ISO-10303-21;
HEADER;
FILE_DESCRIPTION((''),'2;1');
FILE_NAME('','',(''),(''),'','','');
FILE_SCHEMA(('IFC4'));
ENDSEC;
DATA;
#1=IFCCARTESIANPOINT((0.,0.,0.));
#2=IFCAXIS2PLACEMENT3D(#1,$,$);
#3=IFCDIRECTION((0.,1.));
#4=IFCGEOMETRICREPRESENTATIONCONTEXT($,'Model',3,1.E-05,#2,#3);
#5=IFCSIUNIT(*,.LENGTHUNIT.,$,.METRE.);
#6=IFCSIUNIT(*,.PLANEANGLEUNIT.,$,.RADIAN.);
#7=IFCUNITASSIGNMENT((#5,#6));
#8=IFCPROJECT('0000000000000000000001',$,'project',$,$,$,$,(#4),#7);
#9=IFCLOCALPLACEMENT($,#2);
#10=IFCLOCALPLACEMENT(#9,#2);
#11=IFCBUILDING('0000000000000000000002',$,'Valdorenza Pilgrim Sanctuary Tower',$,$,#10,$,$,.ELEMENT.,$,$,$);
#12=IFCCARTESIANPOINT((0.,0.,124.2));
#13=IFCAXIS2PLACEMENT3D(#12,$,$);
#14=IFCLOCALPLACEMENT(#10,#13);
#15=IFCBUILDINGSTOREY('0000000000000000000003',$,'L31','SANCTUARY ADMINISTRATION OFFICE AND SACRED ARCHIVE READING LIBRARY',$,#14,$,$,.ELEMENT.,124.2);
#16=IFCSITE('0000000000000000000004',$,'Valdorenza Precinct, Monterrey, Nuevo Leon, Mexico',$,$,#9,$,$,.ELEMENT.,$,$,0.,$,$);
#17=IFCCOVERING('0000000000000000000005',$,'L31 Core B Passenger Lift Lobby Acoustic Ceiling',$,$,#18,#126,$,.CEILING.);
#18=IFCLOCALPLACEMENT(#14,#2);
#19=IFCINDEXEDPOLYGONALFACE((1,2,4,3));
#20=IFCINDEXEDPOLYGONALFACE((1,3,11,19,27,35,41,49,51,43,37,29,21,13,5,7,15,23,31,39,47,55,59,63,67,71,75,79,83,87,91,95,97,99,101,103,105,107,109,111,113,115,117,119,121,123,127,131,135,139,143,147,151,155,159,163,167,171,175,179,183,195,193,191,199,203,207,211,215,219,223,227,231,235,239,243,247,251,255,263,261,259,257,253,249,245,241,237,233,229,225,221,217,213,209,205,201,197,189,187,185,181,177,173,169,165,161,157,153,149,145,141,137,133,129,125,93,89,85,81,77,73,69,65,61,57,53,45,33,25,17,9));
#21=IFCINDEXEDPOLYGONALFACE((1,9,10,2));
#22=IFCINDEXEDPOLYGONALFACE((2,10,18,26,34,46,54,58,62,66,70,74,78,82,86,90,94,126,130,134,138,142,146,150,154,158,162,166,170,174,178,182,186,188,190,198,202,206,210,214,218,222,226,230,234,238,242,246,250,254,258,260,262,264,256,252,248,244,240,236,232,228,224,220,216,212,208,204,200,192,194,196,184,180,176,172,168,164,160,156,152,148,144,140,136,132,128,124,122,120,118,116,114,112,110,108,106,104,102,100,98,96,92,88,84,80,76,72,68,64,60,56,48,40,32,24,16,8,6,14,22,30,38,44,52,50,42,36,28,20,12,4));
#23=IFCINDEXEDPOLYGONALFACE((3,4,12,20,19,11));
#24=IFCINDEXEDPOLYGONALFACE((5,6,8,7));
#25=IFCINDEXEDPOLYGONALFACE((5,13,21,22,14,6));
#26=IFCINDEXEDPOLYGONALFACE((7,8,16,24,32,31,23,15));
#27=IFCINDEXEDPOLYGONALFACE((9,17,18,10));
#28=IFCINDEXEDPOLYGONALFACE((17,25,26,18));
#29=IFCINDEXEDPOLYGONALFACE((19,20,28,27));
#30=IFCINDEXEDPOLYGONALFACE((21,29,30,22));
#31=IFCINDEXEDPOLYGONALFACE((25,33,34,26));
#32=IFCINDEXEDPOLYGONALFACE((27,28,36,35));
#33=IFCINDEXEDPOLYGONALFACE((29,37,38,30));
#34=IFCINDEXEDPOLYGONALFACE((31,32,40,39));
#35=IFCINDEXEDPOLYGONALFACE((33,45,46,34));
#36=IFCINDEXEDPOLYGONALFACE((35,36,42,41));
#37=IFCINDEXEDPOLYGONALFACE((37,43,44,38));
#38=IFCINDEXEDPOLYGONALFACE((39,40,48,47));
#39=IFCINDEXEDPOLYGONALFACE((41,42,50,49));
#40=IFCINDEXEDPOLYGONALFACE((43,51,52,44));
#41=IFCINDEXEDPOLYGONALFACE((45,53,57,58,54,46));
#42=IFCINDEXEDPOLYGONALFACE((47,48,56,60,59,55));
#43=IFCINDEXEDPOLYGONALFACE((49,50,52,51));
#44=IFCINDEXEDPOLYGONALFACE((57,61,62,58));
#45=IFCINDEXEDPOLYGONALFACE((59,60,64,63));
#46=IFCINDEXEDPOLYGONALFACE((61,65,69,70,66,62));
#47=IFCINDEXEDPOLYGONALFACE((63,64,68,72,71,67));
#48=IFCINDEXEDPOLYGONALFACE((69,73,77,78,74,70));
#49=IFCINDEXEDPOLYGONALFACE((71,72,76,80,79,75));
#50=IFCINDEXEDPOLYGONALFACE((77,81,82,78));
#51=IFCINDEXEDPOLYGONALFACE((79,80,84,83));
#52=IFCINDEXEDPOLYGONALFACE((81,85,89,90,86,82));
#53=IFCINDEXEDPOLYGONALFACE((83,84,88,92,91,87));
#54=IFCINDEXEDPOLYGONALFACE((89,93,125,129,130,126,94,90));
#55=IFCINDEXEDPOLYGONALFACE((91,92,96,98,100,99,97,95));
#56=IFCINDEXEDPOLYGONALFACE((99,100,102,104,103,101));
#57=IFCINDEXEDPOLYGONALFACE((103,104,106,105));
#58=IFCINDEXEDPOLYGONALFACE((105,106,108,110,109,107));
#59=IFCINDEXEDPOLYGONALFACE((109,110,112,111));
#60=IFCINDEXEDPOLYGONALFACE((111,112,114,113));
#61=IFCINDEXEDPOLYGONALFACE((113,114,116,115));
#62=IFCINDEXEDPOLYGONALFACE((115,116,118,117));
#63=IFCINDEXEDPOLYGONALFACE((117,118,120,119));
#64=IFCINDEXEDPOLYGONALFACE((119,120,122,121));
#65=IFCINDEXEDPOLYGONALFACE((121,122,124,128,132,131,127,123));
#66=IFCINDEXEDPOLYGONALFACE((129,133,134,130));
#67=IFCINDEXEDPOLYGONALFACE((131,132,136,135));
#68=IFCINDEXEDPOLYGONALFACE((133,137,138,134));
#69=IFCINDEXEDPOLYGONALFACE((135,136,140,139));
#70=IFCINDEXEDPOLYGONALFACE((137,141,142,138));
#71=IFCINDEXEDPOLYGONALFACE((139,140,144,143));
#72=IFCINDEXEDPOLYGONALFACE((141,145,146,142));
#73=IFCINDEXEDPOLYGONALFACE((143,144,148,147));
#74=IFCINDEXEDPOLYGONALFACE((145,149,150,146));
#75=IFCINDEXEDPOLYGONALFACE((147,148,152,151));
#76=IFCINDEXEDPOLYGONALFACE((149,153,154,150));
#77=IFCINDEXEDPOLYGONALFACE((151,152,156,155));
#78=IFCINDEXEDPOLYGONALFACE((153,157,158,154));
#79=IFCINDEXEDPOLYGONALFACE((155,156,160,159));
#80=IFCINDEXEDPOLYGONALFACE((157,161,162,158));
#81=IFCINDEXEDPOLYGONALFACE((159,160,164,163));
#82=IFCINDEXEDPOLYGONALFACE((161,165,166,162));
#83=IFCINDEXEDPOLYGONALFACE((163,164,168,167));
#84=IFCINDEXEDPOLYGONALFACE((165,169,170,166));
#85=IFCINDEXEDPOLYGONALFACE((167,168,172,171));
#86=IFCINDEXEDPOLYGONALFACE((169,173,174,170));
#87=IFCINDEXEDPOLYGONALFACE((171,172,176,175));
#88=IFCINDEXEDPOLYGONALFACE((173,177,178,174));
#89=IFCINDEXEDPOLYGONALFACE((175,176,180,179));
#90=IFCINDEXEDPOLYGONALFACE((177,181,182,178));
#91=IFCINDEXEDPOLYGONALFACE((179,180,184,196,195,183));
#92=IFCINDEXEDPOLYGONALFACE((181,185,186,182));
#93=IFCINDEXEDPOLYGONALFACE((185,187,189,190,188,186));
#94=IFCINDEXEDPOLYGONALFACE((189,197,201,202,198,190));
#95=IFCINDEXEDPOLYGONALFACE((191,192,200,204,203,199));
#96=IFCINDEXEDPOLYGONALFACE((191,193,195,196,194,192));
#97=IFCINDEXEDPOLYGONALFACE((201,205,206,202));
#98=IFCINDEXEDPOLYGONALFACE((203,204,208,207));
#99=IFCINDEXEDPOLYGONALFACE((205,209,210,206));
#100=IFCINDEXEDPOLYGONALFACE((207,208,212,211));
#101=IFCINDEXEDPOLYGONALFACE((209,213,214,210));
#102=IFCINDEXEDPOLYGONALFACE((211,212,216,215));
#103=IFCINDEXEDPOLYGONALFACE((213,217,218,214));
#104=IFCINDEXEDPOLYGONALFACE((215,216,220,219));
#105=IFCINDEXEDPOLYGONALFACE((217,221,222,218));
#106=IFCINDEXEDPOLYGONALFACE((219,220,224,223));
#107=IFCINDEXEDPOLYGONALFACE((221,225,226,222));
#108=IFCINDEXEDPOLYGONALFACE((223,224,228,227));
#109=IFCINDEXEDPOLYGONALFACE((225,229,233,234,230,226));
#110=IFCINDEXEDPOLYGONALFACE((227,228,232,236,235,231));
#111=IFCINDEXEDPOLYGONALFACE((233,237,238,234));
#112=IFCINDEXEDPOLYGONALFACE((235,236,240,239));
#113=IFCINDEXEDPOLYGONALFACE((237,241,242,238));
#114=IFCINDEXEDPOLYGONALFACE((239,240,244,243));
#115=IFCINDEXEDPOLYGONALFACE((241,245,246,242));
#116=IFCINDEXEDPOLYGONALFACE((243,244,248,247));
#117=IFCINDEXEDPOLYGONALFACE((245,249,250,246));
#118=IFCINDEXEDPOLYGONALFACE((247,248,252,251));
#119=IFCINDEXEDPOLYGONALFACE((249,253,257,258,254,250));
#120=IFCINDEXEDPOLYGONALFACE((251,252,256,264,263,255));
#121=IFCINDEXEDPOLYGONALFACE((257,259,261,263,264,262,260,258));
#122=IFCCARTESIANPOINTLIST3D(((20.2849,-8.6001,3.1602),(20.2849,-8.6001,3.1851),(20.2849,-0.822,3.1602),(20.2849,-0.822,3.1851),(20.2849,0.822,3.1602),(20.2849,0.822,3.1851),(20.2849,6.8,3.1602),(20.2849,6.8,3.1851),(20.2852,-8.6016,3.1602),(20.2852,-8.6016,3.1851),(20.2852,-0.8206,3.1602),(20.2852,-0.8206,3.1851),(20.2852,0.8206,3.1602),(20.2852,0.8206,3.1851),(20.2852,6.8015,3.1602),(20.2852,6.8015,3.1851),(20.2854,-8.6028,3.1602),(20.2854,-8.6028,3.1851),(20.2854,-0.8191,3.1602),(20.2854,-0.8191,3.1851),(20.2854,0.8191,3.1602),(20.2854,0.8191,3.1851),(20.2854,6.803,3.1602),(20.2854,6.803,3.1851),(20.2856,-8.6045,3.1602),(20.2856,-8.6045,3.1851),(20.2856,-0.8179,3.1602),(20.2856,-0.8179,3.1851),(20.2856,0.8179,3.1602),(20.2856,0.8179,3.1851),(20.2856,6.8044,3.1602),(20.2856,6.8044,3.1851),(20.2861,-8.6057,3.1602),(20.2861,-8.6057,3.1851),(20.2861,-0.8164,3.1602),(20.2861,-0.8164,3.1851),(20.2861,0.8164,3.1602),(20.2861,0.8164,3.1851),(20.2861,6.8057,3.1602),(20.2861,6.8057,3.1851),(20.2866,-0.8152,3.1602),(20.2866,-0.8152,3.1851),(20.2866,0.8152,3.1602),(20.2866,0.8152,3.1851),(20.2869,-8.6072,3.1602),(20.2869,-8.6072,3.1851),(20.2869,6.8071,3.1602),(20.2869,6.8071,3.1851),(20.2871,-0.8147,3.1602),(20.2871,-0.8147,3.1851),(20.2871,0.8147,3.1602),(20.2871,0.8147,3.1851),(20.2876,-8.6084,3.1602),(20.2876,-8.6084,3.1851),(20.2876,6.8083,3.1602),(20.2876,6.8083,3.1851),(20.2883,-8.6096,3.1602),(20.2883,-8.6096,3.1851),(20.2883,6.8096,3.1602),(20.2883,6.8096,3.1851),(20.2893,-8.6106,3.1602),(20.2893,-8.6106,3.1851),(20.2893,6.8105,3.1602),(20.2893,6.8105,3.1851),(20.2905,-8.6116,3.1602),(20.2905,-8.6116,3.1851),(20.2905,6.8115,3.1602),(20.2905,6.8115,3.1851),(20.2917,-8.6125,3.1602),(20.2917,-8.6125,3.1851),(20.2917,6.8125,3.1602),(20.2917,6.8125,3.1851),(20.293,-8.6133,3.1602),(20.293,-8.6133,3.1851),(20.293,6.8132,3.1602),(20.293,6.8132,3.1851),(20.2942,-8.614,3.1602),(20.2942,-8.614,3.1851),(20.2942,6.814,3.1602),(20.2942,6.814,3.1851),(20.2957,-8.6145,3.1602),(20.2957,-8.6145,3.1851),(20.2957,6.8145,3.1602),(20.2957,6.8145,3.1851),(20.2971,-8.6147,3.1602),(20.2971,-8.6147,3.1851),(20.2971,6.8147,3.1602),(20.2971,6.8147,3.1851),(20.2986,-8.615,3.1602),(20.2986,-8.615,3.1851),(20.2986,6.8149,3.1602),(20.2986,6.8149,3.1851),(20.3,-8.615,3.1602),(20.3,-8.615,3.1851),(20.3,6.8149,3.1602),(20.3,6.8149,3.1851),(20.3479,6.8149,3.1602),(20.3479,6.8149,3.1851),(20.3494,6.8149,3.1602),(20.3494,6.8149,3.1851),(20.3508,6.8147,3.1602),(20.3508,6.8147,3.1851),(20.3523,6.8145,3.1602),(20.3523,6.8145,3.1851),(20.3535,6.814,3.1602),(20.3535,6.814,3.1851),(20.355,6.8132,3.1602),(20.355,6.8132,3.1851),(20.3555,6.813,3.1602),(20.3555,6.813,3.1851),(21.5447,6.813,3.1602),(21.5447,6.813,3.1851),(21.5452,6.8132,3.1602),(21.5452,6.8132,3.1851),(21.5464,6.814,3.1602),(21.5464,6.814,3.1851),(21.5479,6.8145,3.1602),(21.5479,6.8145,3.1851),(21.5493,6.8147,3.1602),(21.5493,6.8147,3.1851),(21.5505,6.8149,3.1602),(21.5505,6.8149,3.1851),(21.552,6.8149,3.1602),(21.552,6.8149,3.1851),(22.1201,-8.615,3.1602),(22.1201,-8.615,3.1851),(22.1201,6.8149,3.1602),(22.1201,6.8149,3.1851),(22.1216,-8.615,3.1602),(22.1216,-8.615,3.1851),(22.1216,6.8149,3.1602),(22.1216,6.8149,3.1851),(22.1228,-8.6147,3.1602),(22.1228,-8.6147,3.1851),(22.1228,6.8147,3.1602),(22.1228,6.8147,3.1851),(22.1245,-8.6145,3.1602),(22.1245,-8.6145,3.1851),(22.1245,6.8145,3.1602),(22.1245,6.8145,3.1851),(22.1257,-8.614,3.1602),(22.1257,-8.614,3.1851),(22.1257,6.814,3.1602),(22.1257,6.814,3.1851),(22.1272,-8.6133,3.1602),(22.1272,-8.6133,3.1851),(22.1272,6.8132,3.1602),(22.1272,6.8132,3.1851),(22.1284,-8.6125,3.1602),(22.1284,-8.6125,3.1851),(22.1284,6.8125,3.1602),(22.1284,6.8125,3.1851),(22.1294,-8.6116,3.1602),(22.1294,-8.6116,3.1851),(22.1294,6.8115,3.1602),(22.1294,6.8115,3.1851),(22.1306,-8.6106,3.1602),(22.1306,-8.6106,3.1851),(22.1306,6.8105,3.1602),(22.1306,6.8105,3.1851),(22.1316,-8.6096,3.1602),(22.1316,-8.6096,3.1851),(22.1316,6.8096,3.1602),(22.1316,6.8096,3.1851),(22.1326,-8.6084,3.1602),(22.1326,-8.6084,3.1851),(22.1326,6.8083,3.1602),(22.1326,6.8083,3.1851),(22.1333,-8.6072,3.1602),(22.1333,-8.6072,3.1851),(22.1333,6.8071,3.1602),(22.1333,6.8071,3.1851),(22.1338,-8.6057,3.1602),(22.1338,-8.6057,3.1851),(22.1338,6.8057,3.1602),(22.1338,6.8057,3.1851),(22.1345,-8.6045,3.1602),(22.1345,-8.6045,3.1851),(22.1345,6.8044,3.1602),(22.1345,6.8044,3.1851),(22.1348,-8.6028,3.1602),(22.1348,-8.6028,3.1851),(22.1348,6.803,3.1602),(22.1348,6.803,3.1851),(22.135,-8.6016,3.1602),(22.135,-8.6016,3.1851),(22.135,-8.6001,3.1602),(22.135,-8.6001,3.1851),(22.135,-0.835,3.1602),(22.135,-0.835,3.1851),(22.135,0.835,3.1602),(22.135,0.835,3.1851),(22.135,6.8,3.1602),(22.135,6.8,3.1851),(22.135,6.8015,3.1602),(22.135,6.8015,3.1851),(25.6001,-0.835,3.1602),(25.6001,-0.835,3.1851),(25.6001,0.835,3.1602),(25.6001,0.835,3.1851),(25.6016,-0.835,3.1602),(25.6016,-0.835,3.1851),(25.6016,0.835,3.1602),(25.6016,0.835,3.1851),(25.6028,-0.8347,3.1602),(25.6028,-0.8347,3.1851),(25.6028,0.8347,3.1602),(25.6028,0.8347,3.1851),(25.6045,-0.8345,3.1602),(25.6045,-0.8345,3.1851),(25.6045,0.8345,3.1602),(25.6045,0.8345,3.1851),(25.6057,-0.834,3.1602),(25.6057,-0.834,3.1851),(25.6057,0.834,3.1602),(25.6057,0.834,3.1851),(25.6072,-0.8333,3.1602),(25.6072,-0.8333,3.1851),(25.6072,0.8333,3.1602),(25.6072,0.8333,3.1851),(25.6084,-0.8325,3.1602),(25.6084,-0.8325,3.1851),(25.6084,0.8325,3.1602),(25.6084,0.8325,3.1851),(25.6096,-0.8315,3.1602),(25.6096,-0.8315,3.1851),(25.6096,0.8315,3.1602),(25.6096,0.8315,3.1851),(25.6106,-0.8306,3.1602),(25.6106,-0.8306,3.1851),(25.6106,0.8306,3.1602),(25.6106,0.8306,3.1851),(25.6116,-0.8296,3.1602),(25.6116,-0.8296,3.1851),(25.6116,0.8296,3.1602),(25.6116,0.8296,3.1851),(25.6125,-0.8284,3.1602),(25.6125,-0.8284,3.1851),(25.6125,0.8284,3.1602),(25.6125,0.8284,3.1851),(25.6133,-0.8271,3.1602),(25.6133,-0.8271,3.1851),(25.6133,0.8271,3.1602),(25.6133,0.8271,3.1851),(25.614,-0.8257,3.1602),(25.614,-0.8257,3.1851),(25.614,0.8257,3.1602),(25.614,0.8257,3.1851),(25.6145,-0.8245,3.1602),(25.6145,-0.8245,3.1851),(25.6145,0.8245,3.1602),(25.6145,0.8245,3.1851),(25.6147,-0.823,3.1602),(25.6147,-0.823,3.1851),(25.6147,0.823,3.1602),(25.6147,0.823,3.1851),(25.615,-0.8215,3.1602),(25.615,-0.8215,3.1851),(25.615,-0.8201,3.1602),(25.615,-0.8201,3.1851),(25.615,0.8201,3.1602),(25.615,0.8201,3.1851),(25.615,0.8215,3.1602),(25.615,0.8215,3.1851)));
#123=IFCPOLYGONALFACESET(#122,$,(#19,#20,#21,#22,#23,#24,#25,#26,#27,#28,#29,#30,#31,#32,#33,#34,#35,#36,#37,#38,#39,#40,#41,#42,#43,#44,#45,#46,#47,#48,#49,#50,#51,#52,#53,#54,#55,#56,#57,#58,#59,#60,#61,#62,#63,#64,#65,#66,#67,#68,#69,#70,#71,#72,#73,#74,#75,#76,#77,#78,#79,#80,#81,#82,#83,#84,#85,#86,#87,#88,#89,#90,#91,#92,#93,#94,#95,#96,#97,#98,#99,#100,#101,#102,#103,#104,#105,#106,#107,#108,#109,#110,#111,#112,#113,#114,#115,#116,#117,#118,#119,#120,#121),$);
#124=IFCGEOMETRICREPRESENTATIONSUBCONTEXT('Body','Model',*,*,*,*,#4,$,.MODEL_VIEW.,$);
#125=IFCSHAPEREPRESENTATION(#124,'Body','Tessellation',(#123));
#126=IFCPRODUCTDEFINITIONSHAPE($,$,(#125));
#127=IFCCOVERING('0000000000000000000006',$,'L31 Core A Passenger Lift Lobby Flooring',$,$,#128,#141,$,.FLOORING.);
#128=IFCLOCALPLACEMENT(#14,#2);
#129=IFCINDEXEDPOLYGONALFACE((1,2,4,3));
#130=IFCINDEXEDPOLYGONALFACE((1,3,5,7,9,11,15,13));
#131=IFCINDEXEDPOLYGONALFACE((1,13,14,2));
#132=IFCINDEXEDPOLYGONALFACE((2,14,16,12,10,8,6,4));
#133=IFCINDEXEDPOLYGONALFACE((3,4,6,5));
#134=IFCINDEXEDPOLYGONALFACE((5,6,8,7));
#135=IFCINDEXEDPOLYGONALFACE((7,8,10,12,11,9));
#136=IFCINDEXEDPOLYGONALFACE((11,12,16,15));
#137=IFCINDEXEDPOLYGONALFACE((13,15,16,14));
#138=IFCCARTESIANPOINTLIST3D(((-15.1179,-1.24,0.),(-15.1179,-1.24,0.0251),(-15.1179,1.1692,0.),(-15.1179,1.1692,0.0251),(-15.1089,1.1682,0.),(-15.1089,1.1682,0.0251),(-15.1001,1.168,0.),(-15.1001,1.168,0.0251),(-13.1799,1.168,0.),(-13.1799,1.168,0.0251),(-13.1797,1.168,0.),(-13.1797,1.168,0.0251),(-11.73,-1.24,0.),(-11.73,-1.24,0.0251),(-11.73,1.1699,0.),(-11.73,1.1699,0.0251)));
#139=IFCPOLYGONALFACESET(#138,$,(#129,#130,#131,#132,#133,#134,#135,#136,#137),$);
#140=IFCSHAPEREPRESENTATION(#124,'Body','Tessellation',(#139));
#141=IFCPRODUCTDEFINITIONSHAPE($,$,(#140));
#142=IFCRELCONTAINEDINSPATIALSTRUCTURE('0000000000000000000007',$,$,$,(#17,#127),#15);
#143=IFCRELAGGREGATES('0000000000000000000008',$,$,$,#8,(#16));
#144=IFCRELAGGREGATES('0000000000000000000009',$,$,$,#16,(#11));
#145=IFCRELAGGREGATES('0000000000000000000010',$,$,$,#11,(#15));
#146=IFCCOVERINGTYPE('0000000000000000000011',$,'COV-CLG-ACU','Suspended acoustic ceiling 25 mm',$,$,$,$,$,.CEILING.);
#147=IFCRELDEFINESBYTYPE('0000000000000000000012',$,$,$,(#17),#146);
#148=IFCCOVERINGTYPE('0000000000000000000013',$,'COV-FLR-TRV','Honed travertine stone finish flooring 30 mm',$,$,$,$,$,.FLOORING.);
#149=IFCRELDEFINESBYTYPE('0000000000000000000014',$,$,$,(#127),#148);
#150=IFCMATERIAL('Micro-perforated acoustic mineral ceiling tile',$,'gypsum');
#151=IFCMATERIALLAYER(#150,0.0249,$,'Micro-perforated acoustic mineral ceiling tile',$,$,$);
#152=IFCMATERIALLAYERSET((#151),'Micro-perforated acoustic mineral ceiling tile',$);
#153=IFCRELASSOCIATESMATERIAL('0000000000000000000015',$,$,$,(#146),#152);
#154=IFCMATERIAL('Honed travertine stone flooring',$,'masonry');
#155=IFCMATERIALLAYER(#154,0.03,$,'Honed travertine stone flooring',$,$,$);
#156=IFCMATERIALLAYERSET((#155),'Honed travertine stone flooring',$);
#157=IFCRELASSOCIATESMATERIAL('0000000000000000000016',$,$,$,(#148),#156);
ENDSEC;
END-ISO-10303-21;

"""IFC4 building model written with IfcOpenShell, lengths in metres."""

from ifc_helpers import new_model, si_unit, direction, frame, origin, place, context, subcontext, project, spatial, polyline, outline, extrude, material, layer, layer_set, type_object, element, save


model = new_model("IFC4")

# Units and contexts
model_context = context("Model", 3, precision=1e-05, world=origin(), true_north=direction((0.0, 1.0)))
body_context = subcontext(model_context, "Body", "Model", "MODEL_VIEW")
ifc_project = project(units=[si_unit("LENGTHUNIT", "METRE"), si_unit("PLANEANGLEUNIT", "RADIAN")], contexts=[model_context])

# Site, building, storey
site_placement = place(None, origin())
site = spatial("IfcSite", under=ifc_project, at=site_placement, Name="Valdorenza Precinct, Monterrey, Nuevo Leon, Mexico", CompositionType="ELEMENT", RefElevation=0.0)
building_placement = place(site_placement, origin())
building = spatial("IfcBuilding", under=site, at=building_placement, Name="Valdorenza Pilgrim Sanctuary Tower", CompositionType="ELEMENT")
storey_placement = place(building_placement, frame((0.0, 0.0, 124.2)))
storey = spatial("IfcBuildingStorey", under=building, at=storey_placement, Name="L31", Description="SANCTUARY ADMINISTRATION OFFICE AND SACRED ARCHIVE READING LIBRARY", CompositionType="ELEMENT", Elevation=124.2)

# Coverings
ifc_material_1 = material(Name="Micro-perforated acoustic mineral ceiling tile", Category="gypsum")
ifc_layer_1 = layer(ifc_material_1, 0.0249, Name="Micro-perforated acoustic mineral ceiling tile")
ifc_layer_set_1 = layer_set([ifc_layer_1], Name="Micro-perforated acoustic mineral ceiling tile")
covering_type_1 = type_object("IfcCoveringType", Name="COV-CLG-ACU", Description="Suspended acoustic ceiling 25 mm", PredefinedType="CEILING", material=ifc_layer_set_1)
covering_1_placement = place(storey_placement, frame((0.0, 0.0, 3.1602)))
element("IfcCovering", 1, at=covering_1_placement, inside=storey, type_object=covering_type_1, Name="L31 Core B Passenger Lift Lobby Acoustic Ceiling", PredefinedType="CEILING", context=body_context, shape_type="SweptSolid", body=[
    extrude(outline(polyline([(20.2871, -0.8147), (20.2871, 0.8147), (20.2866, 0.8152), (20.2861, 0.8164), (20.2856, 0.8179), (20.2854, 0.8191), (20.2852, 0.8206), (20.2849, 0.822), (20.2849, 6.8), (20.2852, 6.8015), (20.2854, 6.803), (20.2856, 6.8044), (20.2861, 6.8057), (20.2869, 6.8071), (20.2876, 6.8083), (20.2883, 6.8096), (20.2893, 6.8105), (20.2905, 6.8115), (20.2917, 6.8125), (20.293, 6.8132), (20.2942, 6.814), (20.2957, 6.8145), (20.2971, 6.8147), (20.2986, 6.8149), (20.3, 6.8149), (20.3479, 6.8149), (20.3494, 6.8149), (20.3508, 6.8147), (20.3523, 6.8145), (20.3535, 6.814), (20.355, 6.8132), (20.3555, 6.813), (21.5447, 6.813), (21.5452, 6.8132), (21.5464, 6.814), (21.5479, 6.8145), (21.5493, 6.8147), (21.5505, 6.8149), (21.552, 6.8149), (22.1201, 6.8149), (22.1216, 6.8149), (22.1228, 6.8147), (22.1245, 6.8145), (22.1257, 6.814), (22.1272, 6.8132), (22.1284, 6.8125), (22.1294, 6.8115), (22.1306, 6.8105), (22.1316, 6.8096), (22.1326, 6.8083), (22.1333, 6.8071), (22.1338, 6.8057), (22.1345, 6.8044), (22.1348, 6.803), (22.135, 6.8015), (22.135, 6.8), (22.135, 0.835), (25.6001, 0.835), (25.6016, 0.835), (25.6028, 0.8347), (25.6045, 0.8345), (25.6057, 0.834), (25.6072, 0.8333), (25.6084, 0.8325), (25.6096, 0.8315), (25.6106, 0.8306), (25.6116, 0.8296), (25.6125, 0.8284), (25.6133, 0.8271), (25.614, 0.8257), (25.6145, 0.8245), (25.6147, 0.823), (25.615, 0.8215), (25.615, 0.8201), (25.615, -0.8201), (25.615, -0.8215), (25.6147, -0.823), (25.6145, -0.8245), (25.614, -0.8257), (25.6133, -0.8271), (25.6125, -0.8284), (25.6116, -0.8296), (25.6106, -0.8306), (25.6096, -0.8315), (25.6084, -0.8325), (25.6072, -0.8333), (25.6057, -0.834), (25.6045, -0.8345), (25.6028, -0.8347), (25.6016, -0.835), (25.6001, -0.835), (22.135, -0.835), (22.135, -8.6001), (22.135, -8.6016), (22.1348, -8.6028), (22.1345, -8.6045), (22.1338, -8.6057), (22.1333, -8.6072), (22.1326, -8.6084), (22.1316, -8.6096), (22.1306, -8.6106), (22.1294, -8.6116), (22.1284, -8.6125), (22.1272, -8.6133), (22.1257, -8.614), (22.1245, -8.6145), (22.1228, -8.6147), (22.1216, -8.615), (22.1201, -8.615), (20.3, -8.615), (20.2986, -8.615), (20.2971, -8.6147), (20.2957, -8.6145), (20.2942, -8.614), (20.293, -8.6133), (20.2917, -8.6125), (20.2905, -8.6116), (20.2893, -8.6106), (20.2883, -8.6096), (20.2876, -8.6084), (20.2869, -8.6072), (20.2861, -8.6057), (20.2856, -8.6045), (20.2854, -8.6028), (20.2852, -8.6016), (20.2849, -8.6001), (20.2849, -0.822), (20.2852, -0.8206), (20.2854, -0.8191), (20.2856, -0.8179), (20.2861, -0.8164), (20.2866, -0.8152), (20.2871, -0.8147)])), origin(), (0.0, 0.0, 1.0), 0.0249),
])
ifc_material_2 = material(Name="Honed travertine stone flooring", Category="masonry")
ifc_layer_2 = layer(ifc_material_2, 0.03, Name="Honed travertine stone flooring")
ifc_layer_set_2 = layer_set([ifc_layer_2], Name="Honed travertine stone flooring")
covering_type_2 = type_object("IfcCoveringType", Name="COV-FLR-TRV", Description="Honed travertine stone finish flooring 30 mm", PredefinedType="FLOORING", material=ifc_layer_set_2)
covering_2_placement = place(storey_placement, origin())
element("IfcCovering", 2, at=covering_2_placement, inside=storey, type_object=covering_type_2, Name="L31 Core A Passenger Lift Lobby Flooring", PredefinedType="FLOORING", context=body_context, shape_type="SweptSolid", body=[
    extrude(outline(polyline([(-15.1179, 1.1692), (-15.1089, 1.1682), (-15.1089, 1.1682), (-15.1001, 1.168), (-13.1799, 1.168), (-13.1797, 1.168), (-11.73, 1.1699), (-11.73, -1.24), (-15.1179, -1.24), (-15.1179, 1.1692)])), origin(), (0.0, 0.0, 1.0), 0.0251),
])

save(model, "model.ifc")
